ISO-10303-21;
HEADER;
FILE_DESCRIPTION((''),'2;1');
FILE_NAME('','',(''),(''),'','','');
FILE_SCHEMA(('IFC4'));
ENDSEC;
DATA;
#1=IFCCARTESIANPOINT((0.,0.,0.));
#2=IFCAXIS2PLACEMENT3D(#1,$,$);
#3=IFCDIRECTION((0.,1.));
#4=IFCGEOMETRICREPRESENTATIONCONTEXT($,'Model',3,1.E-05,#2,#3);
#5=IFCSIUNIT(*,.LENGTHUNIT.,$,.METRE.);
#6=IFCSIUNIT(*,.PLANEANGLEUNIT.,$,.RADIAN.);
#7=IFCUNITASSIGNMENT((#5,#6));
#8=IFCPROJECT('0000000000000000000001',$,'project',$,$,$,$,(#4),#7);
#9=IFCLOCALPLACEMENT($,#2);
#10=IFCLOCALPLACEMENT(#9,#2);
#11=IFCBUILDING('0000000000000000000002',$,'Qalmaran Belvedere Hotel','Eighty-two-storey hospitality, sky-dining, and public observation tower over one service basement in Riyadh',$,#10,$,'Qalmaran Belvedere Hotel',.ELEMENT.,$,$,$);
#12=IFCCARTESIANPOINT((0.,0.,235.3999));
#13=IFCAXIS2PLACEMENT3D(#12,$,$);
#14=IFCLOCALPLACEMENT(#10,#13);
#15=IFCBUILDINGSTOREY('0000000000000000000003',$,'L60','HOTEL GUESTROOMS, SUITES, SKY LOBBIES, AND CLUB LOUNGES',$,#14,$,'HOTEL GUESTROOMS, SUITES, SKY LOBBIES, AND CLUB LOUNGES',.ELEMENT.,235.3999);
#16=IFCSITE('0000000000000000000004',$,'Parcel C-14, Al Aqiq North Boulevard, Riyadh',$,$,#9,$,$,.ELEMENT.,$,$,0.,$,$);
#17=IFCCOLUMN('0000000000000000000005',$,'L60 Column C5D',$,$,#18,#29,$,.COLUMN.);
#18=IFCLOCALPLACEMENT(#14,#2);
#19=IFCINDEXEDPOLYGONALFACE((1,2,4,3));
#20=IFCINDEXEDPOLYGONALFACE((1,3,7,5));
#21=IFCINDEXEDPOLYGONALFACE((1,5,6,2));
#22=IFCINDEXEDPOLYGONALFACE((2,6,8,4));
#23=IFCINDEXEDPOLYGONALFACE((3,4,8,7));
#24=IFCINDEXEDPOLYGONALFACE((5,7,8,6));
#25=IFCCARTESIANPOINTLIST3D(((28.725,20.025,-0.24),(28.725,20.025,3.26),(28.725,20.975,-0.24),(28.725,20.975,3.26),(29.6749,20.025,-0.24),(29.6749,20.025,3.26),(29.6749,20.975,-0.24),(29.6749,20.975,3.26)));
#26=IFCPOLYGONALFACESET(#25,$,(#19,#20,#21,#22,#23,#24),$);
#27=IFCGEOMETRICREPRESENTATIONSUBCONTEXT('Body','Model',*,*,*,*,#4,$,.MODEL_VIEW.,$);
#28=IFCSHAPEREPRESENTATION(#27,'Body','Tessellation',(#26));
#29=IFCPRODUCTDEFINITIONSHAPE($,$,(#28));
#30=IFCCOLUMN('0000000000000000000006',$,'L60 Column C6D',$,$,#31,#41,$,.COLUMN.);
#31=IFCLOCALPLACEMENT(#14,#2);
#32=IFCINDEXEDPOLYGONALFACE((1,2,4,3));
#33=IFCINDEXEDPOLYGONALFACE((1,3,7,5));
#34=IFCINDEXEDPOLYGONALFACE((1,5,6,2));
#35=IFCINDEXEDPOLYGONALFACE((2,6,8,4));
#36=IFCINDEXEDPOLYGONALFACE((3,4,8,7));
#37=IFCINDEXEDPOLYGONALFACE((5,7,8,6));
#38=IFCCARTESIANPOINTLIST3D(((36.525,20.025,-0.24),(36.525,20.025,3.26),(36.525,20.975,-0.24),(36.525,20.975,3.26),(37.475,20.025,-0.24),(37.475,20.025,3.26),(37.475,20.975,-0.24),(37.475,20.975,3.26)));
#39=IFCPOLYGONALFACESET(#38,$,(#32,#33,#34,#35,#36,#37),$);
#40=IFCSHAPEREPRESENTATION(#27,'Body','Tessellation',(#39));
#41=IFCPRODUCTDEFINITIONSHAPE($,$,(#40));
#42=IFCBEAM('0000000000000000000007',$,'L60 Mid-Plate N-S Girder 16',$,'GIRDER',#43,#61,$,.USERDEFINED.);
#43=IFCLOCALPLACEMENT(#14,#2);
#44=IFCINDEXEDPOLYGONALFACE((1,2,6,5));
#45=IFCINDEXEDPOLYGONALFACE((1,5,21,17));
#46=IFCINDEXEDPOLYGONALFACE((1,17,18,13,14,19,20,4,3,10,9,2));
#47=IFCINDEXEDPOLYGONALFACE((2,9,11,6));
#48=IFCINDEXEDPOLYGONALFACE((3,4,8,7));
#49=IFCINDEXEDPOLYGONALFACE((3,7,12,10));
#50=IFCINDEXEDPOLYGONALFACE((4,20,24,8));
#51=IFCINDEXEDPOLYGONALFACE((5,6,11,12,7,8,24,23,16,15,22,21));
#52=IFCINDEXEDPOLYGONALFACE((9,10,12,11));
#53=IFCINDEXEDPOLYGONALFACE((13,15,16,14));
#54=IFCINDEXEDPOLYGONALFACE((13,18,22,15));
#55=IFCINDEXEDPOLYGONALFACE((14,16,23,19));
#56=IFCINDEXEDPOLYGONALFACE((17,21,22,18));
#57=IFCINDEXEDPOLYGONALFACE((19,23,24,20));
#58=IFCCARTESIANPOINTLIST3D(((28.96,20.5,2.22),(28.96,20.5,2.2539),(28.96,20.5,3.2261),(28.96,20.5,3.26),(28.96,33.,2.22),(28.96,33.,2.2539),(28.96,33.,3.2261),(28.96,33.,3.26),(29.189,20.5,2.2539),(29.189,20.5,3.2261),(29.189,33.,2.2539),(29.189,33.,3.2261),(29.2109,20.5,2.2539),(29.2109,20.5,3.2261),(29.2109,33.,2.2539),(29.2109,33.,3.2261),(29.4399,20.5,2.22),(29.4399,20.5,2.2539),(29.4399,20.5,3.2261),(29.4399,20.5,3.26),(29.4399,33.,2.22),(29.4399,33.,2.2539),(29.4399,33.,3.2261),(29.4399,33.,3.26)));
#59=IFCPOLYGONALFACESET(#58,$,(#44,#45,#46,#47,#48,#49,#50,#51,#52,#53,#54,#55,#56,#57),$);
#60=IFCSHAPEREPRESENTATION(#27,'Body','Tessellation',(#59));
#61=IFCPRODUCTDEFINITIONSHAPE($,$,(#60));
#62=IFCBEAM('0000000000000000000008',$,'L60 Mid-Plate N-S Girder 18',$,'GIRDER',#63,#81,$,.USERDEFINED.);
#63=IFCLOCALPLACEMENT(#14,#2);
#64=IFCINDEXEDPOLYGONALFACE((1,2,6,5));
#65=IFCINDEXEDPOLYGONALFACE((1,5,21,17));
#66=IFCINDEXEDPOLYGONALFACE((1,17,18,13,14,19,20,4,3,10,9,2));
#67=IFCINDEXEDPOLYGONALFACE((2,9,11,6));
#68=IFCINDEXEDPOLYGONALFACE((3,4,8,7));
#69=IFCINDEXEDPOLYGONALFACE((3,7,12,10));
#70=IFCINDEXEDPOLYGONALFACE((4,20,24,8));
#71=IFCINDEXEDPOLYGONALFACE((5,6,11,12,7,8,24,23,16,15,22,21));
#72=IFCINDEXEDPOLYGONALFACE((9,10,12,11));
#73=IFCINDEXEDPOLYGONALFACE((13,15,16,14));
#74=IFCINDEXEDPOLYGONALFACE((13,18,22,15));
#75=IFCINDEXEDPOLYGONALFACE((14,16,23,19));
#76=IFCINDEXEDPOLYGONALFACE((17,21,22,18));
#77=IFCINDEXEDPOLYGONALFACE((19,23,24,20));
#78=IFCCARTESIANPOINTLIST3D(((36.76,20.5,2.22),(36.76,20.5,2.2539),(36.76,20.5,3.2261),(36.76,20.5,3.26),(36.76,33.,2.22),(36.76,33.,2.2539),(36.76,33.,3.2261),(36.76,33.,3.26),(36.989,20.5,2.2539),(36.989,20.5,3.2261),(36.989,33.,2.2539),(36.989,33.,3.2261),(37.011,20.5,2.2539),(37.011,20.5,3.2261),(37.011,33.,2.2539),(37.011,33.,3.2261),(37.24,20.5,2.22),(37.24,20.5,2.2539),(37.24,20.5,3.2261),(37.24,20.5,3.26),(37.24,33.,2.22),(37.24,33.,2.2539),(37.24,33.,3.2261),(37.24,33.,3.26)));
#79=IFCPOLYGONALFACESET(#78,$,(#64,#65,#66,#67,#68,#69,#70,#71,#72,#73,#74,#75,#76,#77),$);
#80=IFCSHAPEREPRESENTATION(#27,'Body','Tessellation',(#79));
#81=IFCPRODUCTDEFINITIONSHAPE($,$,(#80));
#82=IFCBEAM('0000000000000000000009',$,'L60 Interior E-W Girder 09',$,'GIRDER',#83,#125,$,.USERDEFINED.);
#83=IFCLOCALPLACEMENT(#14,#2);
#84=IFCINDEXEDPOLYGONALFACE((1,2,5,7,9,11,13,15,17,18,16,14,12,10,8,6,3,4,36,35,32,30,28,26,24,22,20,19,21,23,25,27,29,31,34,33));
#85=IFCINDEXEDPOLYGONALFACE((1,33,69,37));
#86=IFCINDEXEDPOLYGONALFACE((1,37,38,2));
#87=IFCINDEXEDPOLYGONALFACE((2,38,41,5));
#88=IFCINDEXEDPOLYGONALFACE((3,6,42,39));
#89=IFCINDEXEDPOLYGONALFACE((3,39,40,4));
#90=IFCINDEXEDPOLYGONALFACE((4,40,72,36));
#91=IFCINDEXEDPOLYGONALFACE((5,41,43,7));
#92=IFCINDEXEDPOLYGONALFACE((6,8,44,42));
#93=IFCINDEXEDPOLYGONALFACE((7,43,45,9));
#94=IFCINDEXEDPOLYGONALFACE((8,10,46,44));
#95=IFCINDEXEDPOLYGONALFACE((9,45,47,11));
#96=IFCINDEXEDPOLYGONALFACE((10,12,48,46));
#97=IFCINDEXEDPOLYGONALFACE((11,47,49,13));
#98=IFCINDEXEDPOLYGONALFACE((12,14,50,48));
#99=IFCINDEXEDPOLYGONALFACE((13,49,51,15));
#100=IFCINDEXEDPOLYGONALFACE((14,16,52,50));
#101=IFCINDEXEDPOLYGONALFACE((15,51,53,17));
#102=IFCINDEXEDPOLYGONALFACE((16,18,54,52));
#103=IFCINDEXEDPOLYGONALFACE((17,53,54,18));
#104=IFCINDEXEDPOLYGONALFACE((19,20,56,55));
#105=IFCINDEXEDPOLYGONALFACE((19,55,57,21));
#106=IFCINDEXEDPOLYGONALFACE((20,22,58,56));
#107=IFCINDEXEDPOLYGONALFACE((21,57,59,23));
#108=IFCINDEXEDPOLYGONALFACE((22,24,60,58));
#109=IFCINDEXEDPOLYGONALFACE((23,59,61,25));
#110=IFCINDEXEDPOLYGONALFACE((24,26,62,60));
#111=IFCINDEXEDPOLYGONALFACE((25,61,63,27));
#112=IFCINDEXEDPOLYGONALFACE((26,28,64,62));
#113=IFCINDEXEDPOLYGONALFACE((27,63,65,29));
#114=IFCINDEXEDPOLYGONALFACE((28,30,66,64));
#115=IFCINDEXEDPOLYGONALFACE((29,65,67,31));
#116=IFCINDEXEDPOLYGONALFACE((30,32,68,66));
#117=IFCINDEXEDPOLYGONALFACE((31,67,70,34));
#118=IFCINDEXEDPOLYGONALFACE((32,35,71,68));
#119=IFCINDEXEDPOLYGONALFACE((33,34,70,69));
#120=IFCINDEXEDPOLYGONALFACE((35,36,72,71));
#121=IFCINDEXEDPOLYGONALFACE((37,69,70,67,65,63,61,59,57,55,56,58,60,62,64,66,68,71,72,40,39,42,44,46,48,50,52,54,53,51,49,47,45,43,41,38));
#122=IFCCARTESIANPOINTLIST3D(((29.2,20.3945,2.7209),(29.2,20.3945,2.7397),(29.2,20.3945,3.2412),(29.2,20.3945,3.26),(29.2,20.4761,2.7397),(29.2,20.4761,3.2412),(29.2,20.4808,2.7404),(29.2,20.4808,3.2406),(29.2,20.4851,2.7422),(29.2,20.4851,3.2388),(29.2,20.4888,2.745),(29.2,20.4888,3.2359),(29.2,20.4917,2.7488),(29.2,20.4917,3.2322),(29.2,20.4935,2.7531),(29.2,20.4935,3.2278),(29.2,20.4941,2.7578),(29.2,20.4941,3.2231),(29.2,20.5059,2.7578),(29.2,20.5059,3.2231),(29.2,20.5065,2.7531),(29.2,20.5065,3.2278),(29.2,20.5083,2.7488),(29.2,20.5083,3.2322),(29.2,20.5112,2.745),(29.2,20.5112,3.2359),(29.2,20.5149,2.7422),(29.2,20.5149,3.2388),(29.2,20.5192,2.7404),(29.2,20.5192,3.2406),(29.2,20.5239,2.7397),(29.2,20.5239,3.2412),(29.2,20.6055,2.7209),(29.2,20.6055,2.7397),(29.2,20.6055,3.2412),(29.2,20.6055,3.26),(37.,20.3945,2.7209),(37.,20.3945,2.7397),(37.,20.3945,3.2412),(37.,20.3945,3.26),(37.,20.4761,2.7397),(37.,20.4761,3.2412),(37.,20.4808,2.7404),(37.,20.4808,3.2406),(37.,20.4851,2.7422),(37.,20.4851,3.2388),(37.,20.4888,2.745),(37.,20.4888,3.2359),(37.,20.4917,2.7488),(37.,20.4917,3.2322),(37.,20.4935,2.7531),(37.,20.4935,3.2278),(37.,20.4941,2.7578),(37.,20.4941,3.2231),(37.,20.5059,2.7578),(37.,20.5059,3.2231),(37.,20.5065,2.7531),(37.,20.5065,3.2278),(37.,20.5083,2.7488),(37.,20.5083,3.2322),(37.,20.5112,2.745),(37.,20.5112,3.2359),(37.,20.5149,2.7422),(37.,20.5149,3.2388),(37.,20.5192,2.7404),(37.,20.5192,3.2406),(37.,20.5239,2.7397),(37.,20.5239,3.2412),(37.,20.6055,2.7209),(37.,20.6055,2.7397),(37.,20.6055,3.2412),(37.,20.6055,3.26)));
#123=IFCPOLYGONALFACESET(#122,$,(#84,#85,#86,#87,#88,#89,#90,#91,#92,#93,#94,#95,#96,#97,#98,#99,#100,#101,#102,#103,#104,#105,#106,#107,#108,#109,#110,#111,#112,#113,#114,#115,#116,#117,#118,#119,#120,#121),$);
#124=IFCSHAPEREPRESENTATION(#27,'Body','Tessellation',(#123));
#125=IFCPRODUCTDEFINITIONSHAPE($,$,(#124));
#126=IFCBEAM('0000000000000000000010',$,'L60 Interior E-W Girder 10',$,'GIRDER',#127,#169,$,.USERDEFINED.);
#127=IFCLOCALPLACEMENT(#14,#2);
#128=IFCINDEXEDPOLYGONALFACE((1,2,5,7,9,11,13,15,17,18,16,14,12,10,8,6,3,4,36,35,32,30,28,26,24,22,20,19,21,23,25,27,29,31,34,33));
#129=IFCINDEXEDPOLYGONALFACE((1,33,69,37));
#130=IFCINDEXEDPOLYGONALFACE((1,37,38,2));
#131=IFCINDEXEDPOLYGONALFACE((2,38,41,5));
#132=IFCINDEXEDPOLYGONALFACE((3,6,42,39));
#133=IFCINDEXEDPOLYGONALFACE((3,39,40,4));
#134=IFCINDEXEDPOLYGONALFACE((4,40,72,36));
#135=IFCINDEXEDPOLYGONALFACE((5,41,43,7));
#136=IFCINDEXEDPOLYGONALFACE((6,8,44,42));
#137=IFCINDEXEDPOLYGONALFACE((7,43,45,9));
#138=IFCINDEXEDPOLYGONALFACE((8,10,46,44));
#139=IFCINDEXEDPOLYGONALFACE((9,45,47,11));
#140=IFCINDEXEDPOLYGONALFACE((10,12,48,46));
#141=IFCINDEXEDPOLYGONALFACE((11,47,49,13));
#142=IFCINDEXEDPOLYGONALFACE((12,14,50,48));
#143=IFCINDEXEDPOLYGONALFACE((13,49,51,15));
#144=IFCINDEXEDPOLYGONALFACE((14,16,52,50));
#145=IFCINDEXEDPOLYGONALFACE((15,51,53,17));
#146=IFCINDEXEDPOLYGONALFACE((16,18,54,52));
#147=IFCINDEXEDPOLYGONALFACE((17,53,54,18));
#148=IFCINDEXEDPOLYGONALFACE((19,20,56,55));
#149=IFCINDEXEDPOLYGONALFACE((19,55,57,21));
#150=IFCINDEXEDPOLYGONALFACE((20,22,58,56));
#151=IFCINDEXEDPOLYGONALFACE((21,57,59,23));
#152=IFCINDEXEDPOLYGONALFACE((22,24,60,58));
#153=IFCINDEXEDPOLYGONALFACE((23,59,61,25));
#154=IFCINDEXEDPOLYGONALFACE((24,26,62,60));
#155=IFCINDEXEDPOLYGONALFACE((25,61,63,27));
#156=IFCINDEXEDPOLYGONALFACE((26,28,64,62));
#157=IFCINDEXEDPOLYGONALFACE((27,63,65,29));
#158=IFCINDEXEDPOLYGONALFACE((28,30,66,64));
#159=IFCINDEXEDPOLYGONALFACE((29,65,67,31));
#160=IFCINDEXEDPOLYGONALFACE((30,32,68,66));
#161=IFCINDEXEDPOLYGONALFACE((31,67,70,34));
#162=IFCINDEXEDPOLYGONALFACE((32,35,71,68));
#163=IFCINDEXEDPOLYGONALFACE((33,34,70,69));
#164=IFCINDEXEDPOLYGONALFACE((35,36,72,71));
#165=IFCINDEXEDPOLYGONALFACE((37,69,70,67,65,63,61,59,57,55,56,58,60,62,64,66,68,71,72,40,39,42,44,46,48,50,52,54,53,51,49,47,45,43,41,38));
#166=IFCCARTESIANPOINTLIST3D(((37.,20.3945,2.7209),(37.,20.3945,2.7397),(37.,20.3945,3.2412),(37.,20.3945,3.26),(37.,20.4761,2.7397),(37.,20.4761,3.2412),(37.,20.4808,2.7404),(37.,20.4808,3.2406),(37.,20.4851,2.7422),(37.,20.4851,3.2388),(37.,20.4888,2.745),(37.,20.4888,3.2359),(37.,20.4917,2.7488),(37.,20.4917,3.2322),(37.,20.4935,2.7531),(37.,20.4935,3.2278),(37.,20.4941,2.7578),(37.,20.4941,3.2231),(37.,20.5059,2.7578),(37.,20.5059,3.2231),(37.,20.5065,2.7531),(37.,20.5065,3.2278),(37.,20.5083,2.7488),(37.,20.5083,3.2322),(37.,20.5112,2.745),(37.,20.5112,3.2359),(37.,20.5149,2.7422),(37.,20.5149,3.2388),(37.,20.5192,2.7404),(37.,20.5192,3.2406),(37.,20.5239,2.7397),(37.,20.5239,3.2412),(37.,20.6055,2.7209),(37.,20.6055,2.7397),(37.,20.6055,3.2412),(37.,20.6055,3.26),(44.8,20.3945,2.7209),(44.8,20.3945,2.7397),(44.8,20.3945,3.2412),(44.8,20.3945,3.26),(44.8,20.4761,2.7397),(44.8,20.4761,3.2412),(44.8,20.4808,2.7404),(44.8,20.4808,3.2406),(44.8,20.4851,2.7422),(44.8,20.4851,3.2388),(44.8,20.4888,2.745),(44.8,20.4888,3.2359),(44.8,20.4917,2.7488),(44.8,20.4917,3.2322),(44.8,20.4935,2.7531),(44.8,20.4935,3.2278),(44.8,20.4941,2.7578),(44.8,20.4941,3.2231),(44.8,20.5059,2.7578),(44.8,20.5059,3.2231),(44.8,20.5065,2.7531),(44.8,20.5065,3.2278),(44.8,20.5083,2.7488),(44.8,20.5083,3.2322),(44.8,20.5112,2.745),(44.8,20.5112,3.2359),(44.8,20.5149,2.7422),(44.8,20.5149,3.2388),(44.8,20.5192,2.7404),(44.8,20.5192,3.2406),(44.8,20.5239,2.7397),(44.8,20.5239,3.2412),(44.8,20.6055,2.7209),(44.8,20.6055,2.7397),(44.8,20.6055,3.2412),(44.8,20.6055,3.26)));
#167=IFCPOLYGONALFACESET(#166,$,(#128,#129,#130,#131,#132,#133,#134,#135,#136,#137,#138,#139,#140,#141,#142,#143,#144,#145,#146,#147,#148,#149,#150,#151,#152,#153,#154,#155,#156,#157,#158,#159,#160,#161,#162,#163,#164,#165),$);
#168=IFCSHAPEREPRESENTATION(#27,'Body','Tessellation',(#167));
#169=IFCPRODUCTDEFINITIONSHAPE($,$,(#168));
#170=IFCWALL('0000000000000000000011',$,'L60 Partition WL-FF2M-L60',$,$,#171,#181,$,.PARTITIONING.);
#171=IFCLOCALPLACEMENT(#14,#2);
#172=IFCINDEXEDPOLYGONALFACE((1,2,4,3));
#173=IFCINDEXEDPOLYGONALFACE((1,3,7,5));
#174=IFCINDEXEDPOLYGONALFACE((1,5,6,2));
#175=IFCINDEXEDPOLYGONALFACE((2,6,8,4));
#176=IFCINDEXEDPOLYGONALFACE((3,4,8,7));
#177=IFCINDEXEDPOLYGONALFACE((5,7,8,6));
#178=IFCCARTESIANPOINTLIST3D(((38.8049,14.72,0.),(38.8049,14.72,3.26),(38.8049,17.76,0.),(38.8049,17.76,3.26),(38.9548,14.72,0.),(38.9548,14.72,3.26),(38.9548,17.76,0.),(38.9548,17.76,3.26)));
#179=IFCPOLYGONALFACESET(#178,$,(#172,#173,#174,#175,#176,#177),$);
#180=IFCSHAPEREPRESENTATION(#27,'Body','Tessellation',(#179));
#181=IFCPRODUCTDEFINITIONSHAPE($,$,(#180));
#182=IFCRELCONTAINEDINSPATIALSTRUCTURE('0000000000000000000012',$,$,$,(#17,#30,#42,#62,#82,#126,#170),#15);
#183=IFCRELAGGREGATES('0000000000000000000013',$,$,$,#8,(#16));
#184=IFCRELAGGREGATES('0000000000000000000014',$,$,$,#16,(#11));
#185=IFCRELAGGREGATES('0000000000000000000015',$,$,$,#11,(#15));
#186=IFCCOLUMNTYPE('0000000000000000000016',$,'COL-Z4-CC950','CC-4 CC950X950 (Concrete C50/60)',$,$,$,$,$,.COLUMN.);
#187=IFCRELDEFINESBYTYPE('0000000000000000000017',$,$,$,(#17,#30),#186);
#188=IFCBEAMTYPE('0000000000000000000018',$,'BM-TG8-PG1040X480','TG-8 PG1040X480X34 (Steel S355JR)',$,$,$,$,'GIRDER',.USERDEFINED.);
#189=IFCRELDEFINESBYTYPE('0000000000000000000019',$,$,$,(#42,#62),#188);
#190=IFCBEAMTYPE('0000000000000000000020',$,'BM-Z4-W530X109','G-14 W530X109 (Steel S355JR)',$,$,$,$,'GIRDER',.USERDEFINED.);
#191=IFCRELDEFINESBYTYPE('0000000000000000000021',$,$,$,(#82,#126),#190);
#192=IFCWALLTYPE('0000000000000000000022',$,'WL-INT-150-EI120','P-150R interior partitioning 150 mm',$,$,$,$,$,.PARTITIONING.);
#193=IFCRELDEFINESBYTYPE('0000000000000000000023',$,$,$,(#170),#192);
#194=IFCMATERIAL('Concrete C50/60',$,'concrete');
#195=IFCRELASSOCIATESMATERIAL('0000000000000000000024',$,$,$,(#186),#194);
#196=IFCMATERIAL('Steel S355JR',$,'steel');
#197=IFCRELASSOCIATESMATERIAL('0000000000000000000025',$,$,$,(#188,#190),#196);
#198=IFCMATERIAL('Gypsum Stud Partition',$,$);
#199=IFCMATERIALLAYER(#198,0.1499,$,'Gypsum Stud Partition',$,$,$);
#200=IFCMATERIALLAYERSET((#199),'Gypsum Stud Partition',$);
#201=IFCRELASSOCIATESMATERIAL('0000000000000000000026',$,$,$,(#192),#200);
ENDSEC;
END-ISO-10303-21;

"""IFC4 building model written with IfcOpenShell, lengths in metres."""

from ifc_helpers import new_model, si_unit, direction, frame, frame_2d, origin, origin_2d, place, context, subcontext, project, spatial, rectangle, i_section, extrude, material, layer, layer_set, material_profile, profile_set, type_object, element, save


model = new_model("IFC4")

# Units and contexts
model_context = context("Model", 3, precision=1e-05, world=origin(), true_north=direction((0.0, 1.0)))
body_context = subcontext(model_context, "Body", "Model", "MODEL_VIEW")
ifc_project = project(units=[si_unit("LENGTHUNIT", "METRE"), si_unit("PLANEANGLEUNIT", "RADIAN")], contexts=[model_context])

# Site, building, storey
site_placement = place(None, origin())
site = spatial("IfcSite", under=ifc_project, at=site_placement, Name="Parcel C-14, Al Aqiq North Boulevard, Riyadh", CompositionType="ELEMENT", RefElevation=0.0)
building_placement = place(site_placement, origin())
building = spatial("IfcBuilding", under=site, at=building_placement, Name="Qalmaran Belvedere Hotel", Description="Eighty-two-storey hospitality, sky-dining, and public observation tower over one service basement in Riyadh", LongName="Qalmaran Belvedere Hotel", CompositionType="ELEMENT")
storey_placement = place(building_placement, frame((0.0, 0.0, 235.3999)))
storey = spatial("IfcBuildingStorey", under=building, at=storey_placement, Name="L60", Description="HOTEL GUESTROOMS, SUITES, SKY LOBBIES, AND CLUB LOUNGES", LongName="HOTEL GUESTROOMS, SUITES, SKY LOBBIES, AND CLUB LOUNGES", CompositionType="ELEMENT", Elevation=235.3999)

# Columns
ifc_material_1 = material(Name="Concrete C50/60", Category="concrete")
ifc_material_profile_1 = material_profile(ifc_material_1, rectangle(XDim=0.95, YDim=0.95, at=origin_2d()), Name="CC950X950")
ifc_profile_set_1 = profile_set([ifc_material_profile_1], Name="Concrete C50/60")
column_type = type_object("IfcColumnType", Name="COL-Z4-CC950", Description="CC-4 CC950X950 (Concrete C50/60)", PredefinedType="COLUMN", material=ifc_profile_set_1)
for number, where, z_axis, x_axis, name in (
    (1, (29.2, 20.5, -0.24), (0.0, 0.0, 1.0), (1.0, 0.0, 0.0), "L60 Column C5D"),
    (2, (37.0, 20.5, -0.24), (0.0, 0.0, 1.0), (1.0, 0.0, 0.0), "L60 Column C6D"),
):
    element("IfcColumn", number, at=place(storey_placement, frame(where, z_axis=z_axis, x_axis=x_axis)), inside=storey, type_object=column_type, Name=name, PredefinedType="COLUMN", context=body_context, shape_type="SweptSolid", body=[
        extrude(rectangle(XDim=0.95, YDim=0.95, at=origin_2d()), origin(), (0.0, 0.0, 1.0), 3.5),
    ])

# Beams
ifc_material_2 = material(Name="Steel S355JR", Category="steel")
ifc_material_profile_2 = material_profile(ifc_material_2, i_section(OverallWidth=0.48, OverallDepth=1.04, WebThickness=0.022, FlangeThickness=0.0339, at=origin_2d()), Name="PG1040X480X34")
ifc_profile_set_2 = profile_set([ifc_material_profile_2], Name="Steel S355JR")
beam_type_1 = type_object("IfcBeamType", Name="BM-TG8-PG1040X480", Description="TG-8 PG1040X480X34 (Steel S355JR)", ElementType="GIRDER", PredefinedType="USERDEFINED", material=ifc_profile_set_2)
for number, where, z_axis, x_axis, name in (
    (3, (29.2, 20.5, 2.74), (0.0, 1.0, 0.0), (-1.0, 0.0, 0.0), "L60 Mid-Plate N-S Girder 16"),
    (4, (37.0, 20.5, 2.74), (0.0, 1.0, 0.0), (-1.0, 0.0, 0.0), "L60 Mid-Plate N-S Girder 18"),
):
    element("IfcBeam", number, at=place(storey_placement, frame(where, z_axis=z_axis, x_axis=x_axis)), inside=storey, type_object=beam_type_1, Name=name, ObjectType="GIRDER", PredefinedType="USERDEFINED", context=body_context, shape_type="SweptSolid", body=[
        extrude(i_section(OverallWidth=0.48, OverallDepth=1.04, WebThickness=0.022, FlangeThickness=0.0339, at=origin_2d()), origin(), (0.0, 0.0, 1.0), 12.5),
    ])
ifc_material_profile_3 = material_profile(ifc_material_2, i_section(OverallWidth=0.2109, OverallDepth=0.5391, WebThickness=0.0117, FlangeThickness=0.0188, FilletRadius=0.0181, at=origin_2d()), Name="W530X109")
ifc_profile_set_3 = profile_set([ifc_material_profile_3], Name="Steel S355JR")
beam_type_2 = type_object("IfcBeamType", Name="BM-Z4-W530X109", Description="G-14 W530X109 (Steel S355JR)", ElementType="GIRDER", PredefinedType="USERDEFINED", material=ifc_profile_set_3)
for number, where, z_axis, x_axis, name in (
    (5, (29.2, 20.5, 2.9905), (1.0, 0.0, 0.0), (0.0, 1.0, 0.0), "L60 Interior E-W Girder 09"),
    (6, (37.0, 20.5, 2.9905), (1.0, 0.0, 0.0), (0.0, 1.0, 0.0), "L60 Interior E-W Girder 10"),
):
    element("IfcBeam", number, at=place(storey_placement, frame(where, z_axis=z_axis, x_axis=x_axis)), inside=storey, type_object=beam_type_2, Name=name, ObjectType="GIRDER", PredefinedType="USERDEFINED", context=body_context, shape_type="SweptSolid", body=[
        extrude(i_section(OverallWidth=0.2109, OverallDepth=0.5391, WebThickness=0.0117, FlangeThickness=0.0188, FilletRadius=0.0181, at=origin_2d()), origin(), (0.0, 0.0, 1.0), 7.8),
    ])

# Wall
ifc_material_3 = material(Name="Gypsum Stud Partition")
ifc_layer_1 = layer(ifc_material_3, 0.1499, Name="Gypsum Stud Partition")
ifc_layer_set_1 = layer_set([ifc_layer_1], Name="Gypsum Stud Partition")
wall_type_1 = type_object("IfcWallType", Name="WL-INT-150-EI120", Description="P-150R interior partitioning 150 mm", PredefinedType="PARTITIONING", material=ifc_layer_set_1)
wall_1_placement = place(storey_placement, frame((38.8799, 14.72, 0.0), z_axis=(0.0, 0.0, 1.0), x_axis=(0.0, 1.0, 0.0)))
element("IfcWall", 7, at=wall_1_placement, inside=storey, type_object=wall_type_1, Name="L60 Partition WL-FF2M-L60", PredefinedType="PARTITIONING", context=body_context, shape_type="SweptSolid", body=[
    extrude(rectangle(XDim=3.04, YDim=0.1499, at=frame_2d((1.52, 0.0))), origin(), (0.0, 0.0, 1.0), 3.26),
])

save(model, "model.ifc")
